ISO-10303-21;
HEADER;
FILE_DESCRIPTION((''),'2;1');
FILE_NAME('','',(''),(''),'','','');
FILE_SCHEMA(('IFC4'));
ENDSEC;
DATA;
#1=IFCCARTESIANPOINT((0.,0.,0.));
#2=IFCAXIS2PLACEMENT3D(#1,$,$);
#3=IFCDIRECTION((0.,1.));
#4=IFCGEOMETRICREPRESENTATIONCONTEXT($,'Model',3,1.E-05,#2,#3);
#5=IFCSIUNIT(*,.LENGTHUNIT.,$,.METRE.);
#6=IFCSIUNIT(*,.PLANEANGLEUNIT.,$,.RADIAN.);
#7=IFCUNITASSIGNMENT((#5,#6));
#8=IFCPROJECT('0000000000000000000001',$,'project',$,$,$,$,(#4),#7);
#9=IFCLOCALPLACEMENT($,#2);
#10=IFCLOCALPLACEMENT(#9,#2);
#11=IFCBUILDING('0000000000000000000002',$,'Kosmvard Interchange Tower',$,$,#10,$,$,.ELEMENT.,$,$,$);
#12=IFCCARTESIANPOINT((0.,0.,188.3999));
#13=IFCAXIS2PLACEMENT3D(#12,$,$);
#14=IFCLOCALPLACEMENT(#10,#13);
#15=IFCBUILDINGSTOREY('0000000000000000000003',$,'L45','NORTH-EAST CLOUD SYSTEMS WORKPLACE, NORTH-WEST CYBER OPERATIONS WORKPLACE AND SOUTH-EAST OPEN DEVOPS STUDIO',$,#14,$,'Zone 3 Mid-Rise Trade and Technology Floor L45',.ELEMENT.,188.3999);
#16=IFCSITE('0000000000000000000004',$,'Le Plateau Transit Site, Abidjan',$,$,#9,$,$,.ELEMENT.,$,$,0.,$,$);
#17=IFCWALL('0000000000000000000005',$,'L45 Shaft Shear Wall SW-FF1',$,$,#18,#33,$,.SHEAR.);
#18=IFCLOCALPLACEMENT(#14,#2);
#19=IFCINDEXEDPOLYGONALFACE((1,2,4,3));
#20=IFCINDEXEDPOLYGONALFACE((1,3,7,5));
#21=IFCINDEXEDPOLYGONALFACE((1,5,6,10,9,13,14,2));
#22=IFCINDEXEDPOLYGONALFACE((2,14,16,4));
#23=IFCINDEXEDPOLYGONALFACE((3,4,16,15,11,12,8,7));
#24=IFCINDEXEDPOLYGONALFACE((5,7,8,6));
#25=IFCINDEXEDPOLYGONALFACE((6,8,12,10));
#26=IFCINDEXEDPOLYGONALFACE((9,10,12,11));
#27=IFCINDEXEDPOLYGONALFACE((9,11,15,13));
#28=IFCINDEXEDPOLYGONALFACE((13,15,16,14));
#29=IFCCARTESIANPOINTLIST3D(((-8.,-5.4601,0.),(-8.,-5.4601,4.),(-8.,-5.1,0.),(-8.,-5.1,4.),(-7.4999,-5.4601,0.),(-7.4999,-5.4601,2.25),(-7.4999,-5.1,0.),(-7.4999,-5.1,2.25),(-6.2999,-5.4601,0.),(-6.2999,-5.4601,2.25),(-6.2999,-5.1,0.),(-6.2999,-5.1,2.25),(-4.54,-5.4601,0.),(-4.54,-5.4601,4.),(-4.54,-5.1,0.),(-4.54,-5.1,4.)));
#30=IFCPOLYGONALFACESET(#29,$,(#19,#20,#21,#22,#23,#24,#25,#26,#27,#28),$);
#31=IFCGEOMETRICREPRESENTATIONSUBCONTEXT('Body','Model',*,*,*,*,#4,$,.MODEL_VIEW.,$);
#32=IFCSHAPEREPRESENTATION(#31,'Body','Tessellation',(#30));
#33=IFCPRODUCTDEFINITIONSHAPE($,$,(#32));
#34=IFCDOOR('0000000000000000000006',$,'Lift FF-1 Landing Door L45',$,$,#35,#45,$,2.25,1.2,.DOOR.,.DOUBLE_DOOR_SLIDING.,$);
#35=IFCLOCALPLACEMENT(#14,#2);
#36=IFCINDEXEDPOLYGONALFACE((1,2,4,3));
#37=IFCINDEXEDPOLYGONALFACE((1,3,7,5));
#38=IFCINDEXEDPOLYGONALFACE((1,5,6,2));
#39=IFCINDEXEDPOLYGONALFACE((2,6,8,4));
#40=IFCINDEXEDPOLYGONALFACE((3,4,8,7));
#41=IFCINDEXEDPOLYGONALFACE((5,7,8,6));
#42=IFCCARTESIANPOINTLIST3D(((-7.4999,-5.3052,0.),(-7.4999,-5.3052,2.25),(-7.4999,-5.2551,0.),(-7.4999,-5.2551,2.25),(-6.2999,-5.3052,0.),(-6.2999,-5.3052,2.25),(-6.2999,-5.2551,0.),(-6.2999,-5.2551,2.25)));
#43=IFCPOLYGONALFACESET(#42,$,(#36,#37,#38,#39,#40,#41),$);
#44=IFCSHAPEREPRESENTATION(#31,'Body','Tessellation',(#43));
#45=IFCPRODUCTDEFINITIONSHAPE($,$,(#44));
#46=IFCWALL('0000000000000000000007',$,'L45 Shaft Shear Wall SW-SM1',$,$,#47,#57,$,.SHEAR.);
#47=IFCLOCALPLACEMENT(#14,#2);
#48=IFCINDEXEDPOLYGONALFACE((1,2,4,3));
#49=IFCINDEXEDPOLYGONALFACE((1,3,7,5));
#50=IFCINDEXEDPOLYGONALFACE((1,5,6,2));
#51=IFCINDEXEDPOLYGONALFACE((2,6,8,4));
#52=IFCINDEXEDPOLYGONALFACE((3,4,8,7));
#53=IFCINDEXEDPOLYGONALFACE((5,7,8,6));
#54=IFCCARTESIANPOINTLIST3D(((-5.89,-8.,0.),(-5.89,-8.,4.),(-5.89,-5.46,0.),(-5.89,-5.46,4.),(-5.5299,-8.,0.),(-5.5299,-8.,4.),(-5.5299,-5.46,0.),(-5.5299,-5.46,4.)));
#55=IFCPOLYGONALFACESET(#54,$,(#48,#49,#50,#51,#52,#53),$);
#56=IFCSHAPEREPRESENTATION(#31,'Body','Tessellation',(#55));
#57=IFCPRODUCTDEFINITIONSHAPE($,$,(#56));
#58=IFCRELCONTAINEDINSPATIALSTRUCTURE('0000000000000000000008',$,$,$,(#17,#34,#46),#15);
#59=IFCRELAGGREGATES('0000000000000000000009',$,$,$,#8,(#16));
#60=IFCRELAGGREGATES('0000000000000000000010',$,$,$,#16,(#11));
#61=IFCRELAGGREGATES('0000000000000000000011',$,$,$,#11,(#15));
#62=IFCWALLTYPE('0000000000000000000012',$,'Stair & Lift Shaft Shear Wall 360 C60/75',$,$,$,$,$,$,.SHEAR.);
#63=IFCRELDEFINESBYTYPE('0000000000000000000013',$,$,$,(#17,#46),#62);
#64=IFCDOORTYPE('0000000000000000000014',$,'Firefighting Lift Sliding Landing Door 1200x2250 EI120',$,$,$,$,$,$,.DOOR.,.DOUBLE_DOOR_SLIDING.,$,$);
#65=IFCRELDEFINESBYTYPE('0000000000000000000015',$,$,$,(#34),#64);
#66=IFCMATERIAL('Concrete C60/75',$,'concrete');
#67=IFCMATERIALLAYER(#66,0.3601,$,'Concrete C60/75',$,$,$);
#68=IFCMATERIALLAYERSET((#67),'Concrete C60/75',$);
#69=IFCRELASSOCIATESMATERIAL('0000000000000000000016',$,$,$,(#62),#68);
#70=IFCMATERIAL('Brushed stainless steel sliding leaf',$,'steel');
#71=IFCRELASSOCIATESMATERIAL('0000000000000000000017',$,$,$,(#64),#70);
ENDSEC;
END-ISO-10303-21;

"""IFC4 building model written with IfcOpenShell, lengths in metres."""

from ifc_helpers import new_model, si_unit, direction, frame, frame_2d, origin, place, context, subcontext, project, spatial, rectangle, extrude, source, transform, mapped, material, layer, layer_set, type_object, element, fill, save


model = new_model("IFC4")

# Units and contexts
model_context = context("Model", 3, precision=1e-05, world=origin(), true_north=direction((0.0, 1.0)))
body_context = subcontext(model_context, "Body", "Model", "MODEL_VIEW")
ifc_project = project(units=[si_unit("LENGTHUNIT", "METRE"), si_unit("PLANEANGLEUNIT", "RADIAN")], contexts=[model_context])

# Site, building, storey
site_placement = place(None, origin())
site = spatial("IfcSite", under=ifc_project, at=site_placement, Name="Le Plateau Transit Site, Abidjan", CompositionType="ELEMENT", RefElevation=0.0)
building_placement = place(site_placement, origin())
building = spatial("IfcBuilding", under=site, at=building_placement, Name="Kosmvard Interchange Tower", CompositionType="ELEMENT")
storey_placement = place(building_placement, frame((0.0, 0.0, 188.3999)))
storey = spatial("IfcBuildingStorey", under=building, at=storey_placement, Name="L45", Description="NORTH-EAST CLOUD SYSTEMS WORKPLACE, NORTH-WEST CYBER OPERATIONS WORKPLACE AND SOUTH-EAST OPEN DEVOPS STUDIO", LongName="Zone 3 Mid-Rise Trade and Technology Floor L45", CompositionType="ELEMENT", Elevation=188.3999)

# Shared definitions
ifc_material_1 = material(Name="Concrete C60/75", Category="concrete")

# Shared definitions
ifc_material_2 = material(Name="Brushed stainless steel sliding leaf", Category="steel")

# Shared definitions
ifc_layer_1 = layer(ifc_material_1, 0.3601, Name="Concrete C60/75")
ifc_layer_set_1 = layer_set([ifc_layer_1], Name="Concrete C60/75")
wall_type_1 = type_object("IfcWallType", Name="Stair & Lift Shaft Shear Wall 360 C60/75", PredefinedType="SHEAR", material=ifc_layer_set_1)

# Wall, opening, door
wall_1_placement = place(storey_placement, frame((-8.0, -5.28, 0.0), z_axis=(0.0, 0.0, 1.0), x_axis=(1.0, 0.0, 0.0)))
wall_1 = element("IfcWall", 1, at=wall_1_placement, inside=storey, type_object=wall_type_1, Name="L45 Shaft Shear Wall SW-FF1", PredefinedType="SHEAR", context=body_context, shape_type="SweptSolid", body=[
    extrude(rectangle(XDim=3.46, YDim=0.3601, at=frame_2d((1.73, 0.0))), origin(), (0.0, 0.0, 1.0), 4.0),
])
opening_1_placement = place(wall_1_placement, frame((0.5, 0.0, 0.0)))
opening_1 = element("IfcOpeningElement", 2, at=opening_1_placement, cuts=wall_1, PredefinedType="OPENING", context=body_context, shape_type="SweptSolid", body=[
    extrude(rectangle(XDim=1.2, YDim=2.25, at=frame_2d((0.6001, 1.125))), frame((0.0, 0.1899, 0.0), z_axis=(0.0, -1.0, 0.0), x_axis=(1.0, 0.0, 0.0)), (0.0, 0.0, 1.0), 0.3801),
])
door_type_1 = type_object("IfcDoorType", Name="Firefighting Lift Sliding Landing Door 1200x2250 EI120", OperationType="DOUBLE_DOOR_SLIDING", PredefinedType="DOOR", material=ifc_material_2)
shared_shape_1 = source(origin(), body_context, "Body", "SweptSolid", [
    extrude(rectangle(XDim=1.2, YDim=2.25, at=frame_2d((0.6001, 1.125))), frame((0.0, 0.0249, 0.0), z_axis=(0.0, -1.0, 0.0), x_axis=(1.0, 0.0, 0.0)), (0.0, 0.0, 1.0), 0.05),
])
door_1_placement = place(opening_1_placement, origin())
door_1 = element("IfcDoor", 3, at=door_1_placement, inside=storey, type_object=door_type_1, Name="Lift FF-1 Landing Door L45", OperationType="DOUBLE_DOOR_SLIDING", OverallHeight=2.25, OverallWidth=1.2, PredefinedType="DOOR", context=body_context, shape_type="MappedRepresentation", body=[
    mapped(shared_shape_1, transform((0.0, 0.0, 0.0), scale=1.0)),
])
fill(opening_1, door_1)

# Wall
wall_2_placement = place(storey_placement, frame((-5.71, -8.0, 0.0), z_axis=(0.0, 0.0, 1.0), x_axis=(0.0, 1.0, 0.0)))
element("IfcWall", 4, at=wall_2_placement, inside=storey, type_object=wall_type_1, Name="L45 Shaft Shear Wall SW-SM1", PredefinedType="SHEAR", context=body_context, shape_type="SweptSolid", body=[
    extrude(rectangle(XDim=2.54, YDim=0.3601, at=frame_2d((1.27, 0.0))), origin(), (0.0, 0.0, 1.0), 4.0),
])

save(model, "model.ifc")
